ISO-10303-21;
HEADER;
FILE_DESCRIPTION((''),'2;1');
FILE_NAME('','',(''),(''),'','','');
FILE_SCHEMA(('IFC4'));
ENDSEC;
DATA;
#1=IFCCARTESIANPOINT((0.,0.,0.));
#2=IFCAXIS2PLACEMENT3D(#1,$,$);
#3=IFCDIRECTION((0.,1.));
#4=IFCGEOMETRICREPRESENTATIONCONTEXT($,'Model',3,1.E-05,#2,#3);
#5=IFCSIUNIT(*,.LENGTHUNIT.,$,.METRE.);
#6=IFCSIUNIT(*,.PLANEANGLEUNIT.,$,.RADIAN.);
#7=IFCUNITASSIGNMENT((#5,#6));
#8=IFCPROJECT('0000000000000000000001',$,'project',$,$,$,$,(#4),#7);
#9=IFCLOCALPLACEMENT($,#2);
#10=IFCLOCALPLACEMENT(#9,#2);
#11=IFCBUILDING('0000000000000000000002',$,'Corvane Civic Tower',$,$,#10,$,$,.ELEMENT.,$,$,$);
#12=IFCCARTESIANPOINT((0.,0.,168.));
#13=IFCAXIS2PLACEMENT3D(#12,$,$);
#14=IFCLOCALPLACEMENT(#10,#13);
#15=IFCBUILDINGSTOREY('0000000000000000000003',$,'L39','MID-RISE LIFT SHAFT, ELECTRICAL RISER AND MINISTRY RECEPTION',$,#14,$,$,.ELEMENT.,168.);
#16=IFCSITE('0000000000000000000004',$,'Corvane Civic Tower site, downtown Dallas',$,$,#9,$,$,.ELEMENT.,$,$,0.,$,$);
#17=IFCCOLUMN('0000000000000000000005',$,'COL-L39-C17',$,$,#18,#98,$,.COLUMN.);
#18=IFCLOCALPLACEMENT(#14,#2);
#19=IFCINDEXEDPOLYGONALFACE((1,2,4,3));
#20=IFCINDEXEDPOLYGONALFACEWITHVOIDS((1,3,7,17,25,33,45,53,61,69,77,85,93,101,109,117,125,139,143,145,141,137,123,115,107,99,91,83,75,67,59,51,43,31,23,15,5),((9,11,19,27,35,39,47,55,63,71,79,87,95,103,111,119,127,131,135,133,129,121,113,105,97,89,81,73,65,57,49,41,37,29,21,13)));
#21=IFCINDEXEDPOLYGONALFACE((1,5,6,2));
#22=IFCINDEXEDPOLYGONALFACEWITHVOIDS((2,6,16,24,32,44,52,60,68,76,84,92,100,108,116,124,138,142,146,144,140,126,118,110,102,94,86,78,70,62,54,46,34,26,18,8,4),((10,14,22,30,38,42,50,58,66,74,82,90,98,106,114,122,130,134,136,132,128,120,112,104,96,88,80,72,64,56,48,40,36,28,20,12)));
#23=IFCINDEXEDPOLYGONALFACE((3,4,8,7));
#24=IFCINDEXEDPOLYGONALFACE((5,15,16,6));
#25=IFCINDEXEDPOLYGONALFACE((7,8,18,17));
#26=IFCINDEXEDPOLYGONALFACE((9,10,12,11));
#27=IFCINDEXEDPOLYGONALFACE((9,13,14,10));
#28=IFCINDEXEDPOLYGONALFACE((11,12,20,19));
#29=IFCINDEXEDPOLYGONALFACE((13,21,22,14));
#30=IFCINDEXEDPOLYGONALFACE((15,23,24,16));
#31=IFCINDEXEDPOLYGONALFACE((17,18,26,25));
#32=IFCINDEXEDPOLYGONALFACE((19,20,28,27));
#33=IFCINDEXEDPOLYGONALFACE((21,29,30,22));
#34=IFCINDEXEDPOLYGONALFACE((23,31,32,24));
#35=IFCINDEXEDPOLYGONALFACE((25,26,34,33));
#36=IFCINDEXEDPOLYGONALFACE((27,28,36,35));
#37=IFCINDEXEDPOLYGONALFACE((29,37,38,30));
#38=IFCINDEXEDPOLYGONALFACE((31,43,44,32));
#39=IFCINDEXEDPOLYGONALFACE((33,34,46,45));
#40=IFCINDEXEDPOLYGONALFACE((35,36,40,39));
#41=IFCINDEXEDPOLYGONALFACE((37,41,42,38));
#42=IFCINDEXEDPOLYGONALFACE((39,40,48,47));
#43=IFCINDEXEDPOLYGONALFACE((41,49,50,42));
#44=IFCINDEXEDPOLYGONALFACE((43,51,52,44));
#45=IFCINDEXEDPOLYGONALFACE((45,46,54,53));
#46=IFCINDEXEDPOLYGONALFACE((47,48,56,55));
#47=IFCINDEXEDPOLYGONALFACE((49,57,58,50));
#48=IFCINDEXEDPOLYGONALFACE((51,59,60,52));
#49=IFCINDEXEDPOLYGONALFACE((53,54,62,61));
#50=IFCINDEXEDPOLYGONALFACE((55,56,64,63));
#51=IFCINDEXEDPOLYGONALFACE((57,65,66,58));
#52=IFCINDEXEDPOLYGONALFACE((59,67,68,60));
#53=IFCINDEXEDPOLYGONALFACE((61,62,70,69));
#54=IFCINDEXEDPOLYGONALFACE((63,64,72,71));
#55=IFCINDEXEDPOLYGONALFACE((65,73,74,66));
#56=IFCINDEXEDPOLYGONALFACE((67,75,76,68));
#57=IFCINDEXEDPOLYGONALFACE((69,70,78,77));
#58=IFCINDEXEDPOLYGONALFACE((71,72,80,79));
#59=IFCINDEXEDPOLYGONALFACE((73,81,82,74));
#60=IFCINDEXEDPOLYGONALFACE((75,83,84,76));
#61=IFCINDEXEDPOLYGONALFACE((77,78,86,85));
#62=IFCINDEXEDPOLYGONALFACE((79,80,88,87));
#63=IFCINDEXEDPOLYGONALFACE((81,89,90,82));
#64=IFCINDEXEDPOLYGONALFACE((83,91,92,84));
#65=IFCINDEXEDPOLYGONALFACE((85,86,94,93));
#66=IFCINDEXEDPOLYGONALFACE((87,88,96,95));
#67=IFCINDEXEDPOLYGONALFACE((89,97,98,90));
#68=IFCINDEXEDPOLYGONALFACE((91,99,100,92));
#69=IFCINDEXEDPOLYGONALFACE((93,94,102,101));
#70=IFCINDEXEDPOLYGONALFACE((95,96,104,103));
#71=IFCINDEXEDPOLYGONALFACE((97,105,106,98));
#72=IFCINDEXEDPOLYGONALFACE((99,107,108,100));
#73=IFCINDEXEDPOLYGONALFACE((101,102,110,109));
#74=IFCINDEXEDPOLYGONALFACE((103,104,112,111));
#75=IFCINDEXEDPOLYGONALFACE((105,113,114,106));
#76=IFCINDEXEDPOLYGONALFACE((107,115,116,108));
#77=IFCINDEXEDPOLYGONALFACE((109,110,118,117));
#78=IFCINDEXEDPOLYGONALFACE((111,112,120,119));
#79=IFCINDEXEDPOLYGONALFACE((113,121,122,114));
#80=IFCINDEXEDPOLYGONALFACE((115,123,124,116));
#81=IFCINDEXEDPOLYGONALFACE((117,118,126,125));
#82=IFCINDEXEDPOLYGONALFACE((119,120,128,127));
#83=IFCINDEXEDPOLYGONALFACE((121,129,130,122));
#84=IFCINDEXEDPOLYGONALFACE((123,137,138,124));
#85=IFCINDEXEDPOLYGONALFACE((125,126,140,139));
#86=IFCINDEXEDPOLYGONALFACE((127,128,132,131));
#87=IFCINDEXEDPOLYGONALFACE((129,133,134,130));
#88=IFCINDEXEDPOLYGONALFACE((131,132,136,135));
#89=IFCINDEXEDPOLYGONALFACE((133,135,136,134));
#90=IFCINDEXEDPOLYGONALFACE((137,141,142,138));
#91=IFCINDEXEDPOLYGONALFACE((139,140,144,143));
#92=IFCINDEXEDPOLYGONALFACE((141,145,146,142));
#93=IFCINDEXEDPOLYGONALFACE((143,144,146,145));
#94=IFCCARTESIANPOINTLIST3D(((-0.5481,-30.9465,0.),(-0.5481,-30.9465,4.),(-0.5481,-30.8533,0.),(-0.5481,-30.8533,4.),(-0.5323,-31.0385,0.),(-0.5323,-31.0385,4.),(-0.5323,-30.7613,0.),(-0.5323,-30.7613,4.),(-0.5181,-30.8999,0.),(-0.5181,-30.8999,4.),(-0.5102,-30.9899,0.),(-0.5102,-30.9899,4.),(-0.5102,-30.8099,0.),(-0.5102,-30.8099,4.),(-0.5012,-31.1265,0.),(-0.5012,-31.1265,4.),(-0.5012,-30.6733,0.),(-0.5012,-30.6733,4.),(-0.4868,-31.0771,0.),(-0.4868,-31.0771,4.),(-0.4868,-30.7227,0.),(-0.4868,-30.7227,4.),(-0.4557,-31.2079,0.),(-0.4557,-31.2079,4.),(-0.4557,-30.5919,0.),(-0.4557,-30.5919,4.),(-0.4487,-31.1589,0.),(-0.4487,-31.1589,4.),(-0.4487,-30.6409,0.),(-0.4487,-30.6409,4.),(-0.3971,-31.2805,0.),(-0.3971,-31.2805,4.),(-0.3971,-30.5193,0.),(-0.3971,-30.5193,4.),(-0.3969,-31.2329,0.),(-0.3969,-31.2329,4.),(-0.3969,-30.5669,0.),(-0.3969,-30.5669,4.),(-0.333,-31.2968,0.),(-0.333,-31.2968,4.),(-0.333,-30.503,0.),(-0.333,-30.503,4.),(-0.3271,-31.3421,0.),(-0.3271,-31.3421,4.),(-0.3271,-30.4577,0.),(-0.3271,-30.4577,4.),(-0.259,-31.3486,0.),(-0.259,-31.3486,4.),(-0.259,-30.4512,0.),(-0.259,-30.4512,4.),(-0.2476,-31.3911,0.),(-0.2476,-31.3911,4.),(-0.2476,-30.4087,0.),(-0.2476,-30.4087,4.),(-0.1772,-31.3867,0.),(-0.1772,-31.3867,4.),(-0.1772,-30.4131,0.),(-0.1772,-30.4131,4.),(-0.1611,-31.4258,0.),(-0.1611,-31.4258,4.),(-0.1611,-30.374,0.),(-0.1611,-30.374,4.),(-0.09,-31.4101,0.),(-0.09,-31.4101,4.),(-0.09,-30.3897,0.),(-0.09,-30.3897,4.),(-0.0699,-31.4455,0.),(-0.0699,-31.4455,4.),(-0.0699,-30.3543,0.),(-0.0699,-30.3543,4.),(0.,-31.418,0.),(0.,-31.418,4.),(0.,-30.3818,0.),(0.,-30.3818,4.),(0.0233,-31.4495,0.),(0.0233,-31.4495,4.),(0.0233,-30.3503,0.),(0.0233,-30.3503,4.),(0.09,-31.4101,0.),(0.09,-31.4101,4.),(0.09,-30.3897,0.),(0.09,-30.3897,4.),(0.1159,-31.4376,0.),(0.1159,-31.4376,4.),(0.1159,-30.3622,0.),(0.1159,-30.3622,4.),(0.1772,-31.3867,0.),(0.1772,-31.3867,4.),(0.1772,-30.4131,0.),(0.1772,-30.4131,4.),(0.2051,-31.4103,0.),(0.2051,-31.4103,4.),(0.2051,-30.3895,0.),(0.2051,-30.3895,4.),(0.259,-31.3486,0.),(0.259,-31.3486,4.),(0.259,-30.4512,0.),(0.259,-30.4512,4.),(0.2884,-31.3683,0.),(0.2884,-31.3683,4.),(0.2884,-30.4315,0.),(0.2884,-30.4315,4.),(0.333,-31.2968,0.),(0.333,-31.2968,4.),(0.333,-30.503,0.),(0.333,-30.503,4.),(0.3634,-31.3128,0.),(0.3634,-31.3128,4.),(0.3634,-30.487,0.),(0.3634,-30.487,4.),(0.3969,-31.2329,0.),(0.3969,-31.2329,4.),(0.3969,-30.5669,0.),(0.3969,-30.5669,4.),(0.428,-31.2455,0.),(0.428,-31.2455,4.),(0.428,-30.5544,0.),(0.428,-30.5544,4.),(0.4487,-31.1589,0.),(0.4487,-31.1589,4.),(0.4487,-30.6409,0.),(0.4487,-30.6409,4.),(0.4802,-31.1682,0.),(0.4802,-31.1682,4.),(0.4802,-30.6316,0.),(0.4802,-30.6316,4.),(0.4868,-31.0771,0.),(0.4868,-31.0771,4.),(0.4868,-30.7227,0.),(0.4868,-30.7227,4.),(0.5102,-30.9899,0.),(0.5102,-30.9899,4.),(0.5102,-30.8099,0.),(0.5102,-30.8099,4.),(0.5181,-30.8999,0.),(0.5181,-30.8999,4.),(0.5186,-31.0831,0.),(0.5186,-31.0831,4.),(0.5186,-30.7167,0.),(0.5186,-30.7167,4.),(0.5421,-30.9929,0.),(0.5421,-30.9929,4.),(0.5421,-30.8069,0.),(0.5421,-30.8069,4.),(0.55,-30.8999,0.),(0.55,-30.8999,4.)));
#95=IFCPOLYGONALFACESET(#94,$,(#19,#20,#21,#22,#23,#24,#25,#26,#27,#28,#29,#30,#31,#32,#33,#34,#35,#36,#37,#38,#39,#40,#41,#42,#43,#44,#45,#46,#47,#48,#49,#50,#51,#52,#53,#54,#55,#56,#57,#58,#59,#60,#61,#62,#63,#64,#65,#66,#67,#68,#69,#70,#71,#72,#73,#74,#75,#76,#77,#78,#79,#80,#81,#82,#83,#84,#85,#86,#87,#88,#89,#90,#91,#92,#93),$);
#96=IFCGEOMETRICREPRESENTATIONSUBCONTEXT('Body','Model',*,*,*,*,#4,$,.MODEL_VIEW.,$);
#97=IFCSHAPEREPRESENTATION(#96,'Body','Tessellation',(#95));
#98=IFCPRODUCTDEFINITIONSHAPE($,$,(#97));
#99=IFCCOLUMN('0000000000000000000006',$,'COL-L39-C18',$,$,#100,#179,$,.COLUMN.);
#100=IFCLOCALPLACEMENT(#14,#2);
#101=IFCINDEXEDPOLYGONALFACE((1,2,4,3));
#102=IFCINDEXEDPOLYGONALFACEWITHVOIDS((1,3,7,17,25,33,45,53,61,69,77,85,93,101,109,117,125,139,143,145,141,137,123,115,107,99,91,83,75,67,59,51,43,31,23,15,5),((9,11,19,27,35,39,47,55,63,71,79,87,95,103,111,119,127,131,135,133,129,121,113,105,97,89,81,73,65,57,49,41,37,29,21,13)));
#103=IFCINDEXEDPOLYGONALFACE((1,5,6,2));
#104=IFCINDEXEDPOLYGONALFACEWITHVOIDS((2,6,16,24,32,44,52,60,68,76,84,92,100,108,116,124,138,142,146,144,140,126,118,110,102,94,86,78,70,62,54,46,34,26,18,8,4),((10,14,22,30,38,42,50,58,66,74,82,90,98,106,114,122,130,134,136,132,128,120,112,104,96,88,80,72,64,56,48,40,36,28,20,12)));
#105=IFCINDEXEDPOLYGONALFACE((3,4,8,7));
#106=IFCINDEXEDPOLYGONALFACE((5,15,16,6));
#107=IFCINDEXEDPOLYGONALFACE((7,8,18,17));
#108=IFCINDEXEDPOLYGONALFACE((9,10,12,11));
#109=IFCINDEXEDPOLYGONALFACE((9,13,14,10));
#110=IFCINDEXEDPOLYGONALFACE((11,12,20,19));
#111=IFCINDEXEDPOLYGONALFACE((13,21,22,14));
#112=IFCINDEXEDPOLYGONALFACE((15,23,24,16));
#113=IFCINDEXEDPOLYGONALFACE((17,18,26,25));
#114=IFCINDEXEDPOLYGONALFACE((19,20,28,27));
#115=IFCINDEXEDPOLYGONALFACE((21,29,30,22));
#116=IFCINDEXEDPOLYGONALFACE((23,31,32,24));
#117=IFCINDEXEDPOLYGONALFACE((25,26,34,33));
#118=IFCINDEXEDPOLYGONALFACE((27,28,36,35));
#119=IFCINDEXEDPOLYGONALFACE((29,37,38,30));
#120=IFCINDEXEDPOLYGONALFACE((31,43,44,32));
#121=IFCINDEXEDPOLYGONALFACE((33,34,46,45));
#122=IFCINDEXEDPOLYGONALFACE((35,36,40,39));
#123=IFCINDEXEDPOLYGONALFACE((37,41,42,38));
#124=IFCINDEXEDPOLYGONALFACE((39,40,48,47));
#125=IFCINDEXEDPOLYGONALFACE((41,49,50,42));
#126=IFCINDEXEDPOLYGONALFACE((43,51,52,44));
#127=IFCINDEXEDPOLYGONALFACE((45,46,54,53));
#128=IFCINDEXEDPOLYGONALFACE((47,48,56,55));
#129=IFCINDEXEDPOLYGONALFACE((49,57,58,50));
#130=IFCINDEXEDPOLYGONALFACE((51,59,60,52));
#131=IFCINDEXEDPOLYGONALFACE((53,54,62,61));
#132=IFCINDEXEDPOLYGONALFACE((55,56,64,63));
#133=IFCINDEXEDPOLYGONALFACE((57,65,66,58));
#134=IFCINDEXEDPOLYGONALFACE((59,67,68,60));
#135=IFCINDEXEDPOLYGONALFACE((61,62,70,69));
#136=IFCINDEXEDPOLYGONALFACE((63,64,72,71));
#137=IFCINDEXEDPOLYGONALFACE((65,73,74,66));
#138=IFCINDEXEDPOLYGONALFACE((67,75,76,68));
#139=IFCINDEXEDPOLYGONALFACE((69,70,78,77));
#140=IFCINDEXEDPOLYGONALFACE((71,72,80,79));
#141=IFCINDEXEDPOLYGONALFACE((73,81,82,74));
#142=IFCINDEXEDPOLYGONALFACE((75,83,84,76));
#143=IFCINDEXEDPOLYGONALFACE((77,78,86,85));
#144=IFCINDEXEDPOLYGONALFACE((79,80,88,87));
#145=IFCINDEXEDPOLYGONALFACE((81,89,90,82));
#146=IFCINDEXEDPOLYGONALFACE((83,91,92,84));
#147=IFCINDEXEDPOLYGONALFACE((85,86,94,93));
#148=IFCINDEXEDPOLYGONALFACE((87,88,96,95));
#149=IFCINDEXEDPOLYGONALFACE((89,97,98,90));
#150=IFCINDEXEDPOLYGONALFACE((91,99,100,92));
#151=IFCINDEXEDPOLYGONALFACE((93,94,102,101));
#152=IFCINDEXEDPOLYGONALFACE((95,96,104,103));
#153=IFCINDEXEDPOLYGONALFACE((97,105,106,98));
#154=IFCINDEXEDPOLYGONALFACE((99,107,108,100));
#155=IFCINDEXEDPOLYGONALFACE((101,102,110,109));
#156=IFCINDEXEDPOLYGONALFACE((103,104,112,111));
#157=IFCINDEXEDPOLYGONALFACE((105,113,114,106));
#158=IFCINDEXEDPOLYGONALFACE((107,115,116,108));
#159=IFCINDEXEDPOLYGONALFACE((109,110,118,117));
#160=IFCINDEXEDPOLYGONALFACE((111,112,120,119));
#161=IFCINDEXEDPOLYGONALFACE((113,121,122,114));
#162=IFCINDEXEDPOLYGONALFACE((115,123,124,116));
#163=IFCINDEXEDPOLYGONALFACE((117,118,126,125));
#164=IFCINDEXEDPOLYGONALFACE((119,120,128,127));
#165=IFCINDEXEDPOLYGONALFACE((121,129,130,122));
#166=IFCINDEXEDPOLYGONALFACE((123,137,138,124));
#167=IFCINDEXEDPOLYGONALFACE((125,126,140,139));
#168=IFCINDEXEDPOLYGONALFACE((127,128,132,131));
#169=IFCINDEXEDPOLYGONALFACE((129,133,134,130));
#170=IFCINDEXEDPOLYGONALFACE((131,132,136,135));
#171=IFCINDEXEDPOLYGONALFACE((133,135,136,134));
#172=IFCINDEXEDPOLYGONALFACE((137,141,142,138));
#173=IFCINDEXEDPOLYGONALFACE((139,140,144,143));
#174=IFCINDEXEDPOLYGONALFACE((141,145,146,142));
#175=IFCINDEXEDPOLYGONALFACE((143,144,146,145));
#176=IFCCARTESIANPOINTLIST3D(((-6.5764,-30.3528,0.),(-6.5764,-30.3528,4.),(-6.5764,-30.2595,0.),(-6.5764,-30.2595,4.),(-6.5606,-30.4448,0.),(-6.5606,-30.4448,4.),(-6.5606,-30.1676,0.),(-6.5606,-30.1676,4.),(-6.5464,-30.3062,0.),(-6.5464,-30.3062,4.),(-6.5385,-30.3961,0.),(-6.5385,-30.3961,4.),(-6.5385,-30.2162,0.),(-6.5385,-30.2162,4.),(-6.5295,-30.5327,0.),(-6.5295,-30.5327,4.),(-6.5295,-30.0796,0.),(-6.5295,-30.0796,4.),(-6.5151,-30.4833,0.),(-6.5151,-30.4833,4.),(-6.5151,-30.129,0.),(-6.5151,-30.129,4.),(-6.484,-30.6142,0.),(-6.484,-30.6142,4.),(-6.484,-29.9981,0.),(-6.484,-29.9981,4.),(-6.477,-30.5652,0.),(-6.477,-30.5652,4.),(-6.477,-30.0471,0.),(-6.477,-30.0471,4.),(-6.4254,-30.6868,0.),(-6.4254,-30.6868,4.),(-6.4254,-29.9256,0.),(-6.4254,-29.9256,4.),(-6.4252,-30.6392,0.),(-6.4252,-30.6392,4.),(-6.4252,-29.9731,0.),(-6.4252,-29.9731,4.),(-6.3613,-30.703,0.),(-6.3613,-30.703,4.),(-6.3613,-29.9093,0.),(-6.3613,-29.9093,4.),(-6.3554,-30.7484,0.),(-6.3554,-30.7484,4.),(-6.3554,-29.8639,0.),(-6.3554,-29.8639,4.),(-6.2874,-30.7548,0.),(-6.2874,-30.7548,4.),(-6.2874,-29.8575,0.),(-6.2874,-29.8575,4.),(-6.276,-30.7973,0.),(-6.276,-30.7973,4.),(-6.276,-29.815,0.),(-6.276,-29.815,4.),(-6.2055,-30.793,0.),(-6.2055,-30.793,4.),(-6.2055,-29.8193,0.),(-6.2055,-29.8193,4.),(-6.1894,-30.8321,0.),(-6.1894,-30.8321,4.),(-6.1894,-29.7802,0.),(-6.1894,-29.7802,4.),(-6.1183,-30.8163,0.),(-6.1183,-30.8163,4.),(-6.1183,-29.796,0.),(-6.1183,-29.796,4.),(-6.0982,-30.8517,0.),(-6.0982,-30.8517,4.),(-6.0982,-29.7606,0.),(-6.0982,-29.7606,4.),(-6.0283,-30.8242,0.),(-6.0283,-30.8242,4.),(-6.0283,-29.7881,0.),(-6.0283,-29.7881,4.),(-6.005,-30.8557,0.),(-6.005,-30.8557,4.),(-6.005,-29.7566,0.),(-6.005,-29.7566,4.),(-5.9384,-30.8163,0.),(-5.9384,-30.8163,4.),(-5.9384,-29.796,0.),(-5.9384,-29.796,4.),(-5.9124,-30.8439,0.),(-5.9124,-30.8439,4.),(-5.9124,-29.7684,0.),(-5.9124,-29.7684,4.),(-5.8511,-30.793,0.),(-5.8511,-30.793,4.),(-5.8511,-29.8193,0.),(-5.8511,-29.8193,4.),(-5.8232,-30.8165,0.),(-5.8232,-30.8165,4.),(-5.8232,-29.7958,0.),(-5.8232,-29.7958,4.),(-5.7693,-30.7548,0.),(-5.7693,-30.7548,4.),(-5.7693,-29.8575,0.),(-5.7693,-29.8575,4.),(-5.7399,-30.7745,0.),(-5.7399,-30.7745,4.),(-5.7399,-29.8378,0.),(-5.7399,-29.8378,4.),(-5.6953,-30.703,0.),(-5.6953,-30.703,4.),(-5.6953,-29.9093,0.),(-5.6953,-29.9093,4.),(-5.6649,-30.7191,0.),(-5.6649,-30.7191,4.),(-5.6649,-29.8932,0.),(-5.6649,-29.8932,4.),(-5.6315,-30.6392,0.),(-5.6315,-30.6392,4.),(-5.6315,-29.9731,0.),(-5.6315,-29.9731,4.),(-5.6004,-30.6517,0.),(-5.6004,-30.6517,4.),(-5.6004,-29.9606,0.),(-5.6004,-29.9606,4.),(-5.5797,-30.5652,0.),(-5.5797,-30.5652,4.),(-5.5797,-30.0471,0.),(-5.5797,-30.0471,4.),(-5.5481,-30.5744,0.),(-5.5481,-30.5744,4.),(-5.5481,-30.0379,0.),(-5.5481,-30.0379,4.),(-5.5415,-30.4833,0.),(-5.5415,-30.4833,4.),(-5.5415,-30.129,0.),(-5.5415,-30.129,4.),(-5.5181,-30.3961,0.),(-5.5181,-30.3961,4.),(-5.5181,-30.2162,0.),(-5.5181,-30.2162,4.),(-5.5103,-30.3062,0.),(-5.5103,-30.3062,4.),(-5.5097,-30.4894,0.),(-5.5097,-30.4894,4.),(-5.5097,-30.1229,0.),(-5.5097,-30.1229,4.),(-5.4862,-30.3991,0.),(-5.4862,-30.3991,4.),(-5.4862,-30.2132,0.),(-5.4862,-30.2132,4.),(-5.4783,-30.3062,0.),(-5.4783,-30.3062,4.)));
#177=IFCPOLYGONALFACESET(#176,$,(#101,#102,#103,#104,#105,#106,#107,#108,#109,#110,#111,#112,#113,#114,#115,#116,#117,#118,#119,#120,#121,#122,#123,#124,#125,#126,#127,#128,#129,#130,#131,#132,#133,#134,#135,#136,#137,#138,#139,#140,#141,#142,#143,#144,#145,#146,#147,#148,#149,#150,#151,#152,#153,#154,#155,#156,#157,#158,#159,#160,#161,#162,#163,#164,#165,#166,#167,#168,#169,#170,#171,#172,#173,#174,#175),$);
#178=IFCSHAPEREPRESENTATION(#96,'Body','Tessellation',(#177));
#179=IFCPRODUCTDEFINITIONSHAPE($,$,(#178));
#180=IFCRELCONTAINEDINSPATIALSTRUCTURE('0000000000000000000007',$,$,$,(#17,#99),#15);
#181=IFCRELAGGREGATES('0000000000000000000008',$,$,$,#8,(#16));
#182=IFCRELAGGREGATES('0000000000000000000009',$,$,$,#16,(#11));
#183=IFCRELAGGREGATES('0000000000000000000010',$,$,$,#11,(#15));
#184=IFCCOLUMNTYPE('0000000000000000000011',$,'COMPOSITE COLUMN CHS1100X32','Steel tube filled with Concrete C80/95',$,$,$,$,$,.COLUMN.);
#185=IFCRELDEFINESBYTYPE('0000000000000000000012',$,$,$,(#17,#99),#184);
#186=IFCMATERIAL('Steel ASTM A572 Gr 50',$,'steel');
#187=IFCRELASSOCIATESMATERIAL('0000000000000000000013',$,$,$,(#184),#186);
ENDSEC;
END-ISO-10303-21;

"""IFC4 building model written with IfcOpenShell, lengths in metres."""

from ifc_helpers import new_model, si_unit, direction, frame, origin, origin_2d, place, context, subcontext, project, spatial, hollow_circle, extrude, material, material_profile, profile_set, type_object, element, save


model = new_model("IFC4")

# Units and contexts
model_context = context("Model", 3, precision=1e-05, world=origin(), true_north=direction((0.0, 1.0)))
body_context = subcontext(model_context, "Body", "Model", "MODEL_VIEW")
ifc_project = project(units=[si_unit("LENGTHUNIT", "METRE"), si_unit("PLANEANGLEUNIT", "RADIAN")], contexts=[model_context])

# Site, building, storey
site_placement = place(None, origin())
site = spatial("IfcSite", under=ifc_project, at=site_placement, Name="Corvane Civic Tower site, downtown Dallas", CompositionType="ELEMENT", RefElevation=0.0)
building_placement = place(site_placement, origin())
building = spatial("IfcBuilding", under=site, at=building_placement, Name="Corvane Civic Tower", CompositionType="ELEMENT")
storey_placement = place(building_placement, frame((0.0, 0.0, 168.0)))
storey = spatial("IfcBuildingStorey", under=building, at=storey_placement, Name="L39", Description="MID-RISE LIFT SHAFT, ELECTRICAL RISER AND MINISTRY RECEPTION", CompositionType="ELEMENT", Elevation=168.0)

# Columns
ifc_material_1 = material(Name="Steel ASTM A572 Gr 50", Category="steel")
ifc_material_profile_1 = material_profile(ifc_material_1, hollow_circle(Radius=0.55, WallThickness=0.032, at=origin_2d()), Name="CHS1100X32")
ifc_profile_set_1 = profile_set([ifc_material_profile_1], Name="Steel ASTM A572 Gr 50")
column_type = type_object("IfcColumnType", Name="COMPOSITE COLUMN CHS1100X32", Description="Steel tube filled with Concrete C80/95", PredefinedType="COLUMN", material=ifc_profile_set_1)
for number, where, z_axis, x_axis, name in (
    (1, (0.0, -30.8999, 0.0), (0.0, 0.0, 1.0), (1.0, 0.0, 0.0), "COL-L39-C17"),
    (2, (-6.0283, -30.3062, 0.0), (0.0, 0.0, 1.0), (1.0, 0.0, 0.0), "COL-L39-C18"),
):
    element("IfcColumn", number, at=place(storey_placement, frame(where, z_axis=z_axis, x_axis=x_axis)), inside=storey, type_object=column_type, Name=name, PredefinedType="COLUMN", context=body_context, shape_type="SweptSolid", body=[
        extrude(hollow_circle(Radius=0.55, WallThickness=0.032, at=origin_2d()), origin(), (0.0, 0.0, 1.0), 4.0),
    ])

save(model, "model.ifc")
